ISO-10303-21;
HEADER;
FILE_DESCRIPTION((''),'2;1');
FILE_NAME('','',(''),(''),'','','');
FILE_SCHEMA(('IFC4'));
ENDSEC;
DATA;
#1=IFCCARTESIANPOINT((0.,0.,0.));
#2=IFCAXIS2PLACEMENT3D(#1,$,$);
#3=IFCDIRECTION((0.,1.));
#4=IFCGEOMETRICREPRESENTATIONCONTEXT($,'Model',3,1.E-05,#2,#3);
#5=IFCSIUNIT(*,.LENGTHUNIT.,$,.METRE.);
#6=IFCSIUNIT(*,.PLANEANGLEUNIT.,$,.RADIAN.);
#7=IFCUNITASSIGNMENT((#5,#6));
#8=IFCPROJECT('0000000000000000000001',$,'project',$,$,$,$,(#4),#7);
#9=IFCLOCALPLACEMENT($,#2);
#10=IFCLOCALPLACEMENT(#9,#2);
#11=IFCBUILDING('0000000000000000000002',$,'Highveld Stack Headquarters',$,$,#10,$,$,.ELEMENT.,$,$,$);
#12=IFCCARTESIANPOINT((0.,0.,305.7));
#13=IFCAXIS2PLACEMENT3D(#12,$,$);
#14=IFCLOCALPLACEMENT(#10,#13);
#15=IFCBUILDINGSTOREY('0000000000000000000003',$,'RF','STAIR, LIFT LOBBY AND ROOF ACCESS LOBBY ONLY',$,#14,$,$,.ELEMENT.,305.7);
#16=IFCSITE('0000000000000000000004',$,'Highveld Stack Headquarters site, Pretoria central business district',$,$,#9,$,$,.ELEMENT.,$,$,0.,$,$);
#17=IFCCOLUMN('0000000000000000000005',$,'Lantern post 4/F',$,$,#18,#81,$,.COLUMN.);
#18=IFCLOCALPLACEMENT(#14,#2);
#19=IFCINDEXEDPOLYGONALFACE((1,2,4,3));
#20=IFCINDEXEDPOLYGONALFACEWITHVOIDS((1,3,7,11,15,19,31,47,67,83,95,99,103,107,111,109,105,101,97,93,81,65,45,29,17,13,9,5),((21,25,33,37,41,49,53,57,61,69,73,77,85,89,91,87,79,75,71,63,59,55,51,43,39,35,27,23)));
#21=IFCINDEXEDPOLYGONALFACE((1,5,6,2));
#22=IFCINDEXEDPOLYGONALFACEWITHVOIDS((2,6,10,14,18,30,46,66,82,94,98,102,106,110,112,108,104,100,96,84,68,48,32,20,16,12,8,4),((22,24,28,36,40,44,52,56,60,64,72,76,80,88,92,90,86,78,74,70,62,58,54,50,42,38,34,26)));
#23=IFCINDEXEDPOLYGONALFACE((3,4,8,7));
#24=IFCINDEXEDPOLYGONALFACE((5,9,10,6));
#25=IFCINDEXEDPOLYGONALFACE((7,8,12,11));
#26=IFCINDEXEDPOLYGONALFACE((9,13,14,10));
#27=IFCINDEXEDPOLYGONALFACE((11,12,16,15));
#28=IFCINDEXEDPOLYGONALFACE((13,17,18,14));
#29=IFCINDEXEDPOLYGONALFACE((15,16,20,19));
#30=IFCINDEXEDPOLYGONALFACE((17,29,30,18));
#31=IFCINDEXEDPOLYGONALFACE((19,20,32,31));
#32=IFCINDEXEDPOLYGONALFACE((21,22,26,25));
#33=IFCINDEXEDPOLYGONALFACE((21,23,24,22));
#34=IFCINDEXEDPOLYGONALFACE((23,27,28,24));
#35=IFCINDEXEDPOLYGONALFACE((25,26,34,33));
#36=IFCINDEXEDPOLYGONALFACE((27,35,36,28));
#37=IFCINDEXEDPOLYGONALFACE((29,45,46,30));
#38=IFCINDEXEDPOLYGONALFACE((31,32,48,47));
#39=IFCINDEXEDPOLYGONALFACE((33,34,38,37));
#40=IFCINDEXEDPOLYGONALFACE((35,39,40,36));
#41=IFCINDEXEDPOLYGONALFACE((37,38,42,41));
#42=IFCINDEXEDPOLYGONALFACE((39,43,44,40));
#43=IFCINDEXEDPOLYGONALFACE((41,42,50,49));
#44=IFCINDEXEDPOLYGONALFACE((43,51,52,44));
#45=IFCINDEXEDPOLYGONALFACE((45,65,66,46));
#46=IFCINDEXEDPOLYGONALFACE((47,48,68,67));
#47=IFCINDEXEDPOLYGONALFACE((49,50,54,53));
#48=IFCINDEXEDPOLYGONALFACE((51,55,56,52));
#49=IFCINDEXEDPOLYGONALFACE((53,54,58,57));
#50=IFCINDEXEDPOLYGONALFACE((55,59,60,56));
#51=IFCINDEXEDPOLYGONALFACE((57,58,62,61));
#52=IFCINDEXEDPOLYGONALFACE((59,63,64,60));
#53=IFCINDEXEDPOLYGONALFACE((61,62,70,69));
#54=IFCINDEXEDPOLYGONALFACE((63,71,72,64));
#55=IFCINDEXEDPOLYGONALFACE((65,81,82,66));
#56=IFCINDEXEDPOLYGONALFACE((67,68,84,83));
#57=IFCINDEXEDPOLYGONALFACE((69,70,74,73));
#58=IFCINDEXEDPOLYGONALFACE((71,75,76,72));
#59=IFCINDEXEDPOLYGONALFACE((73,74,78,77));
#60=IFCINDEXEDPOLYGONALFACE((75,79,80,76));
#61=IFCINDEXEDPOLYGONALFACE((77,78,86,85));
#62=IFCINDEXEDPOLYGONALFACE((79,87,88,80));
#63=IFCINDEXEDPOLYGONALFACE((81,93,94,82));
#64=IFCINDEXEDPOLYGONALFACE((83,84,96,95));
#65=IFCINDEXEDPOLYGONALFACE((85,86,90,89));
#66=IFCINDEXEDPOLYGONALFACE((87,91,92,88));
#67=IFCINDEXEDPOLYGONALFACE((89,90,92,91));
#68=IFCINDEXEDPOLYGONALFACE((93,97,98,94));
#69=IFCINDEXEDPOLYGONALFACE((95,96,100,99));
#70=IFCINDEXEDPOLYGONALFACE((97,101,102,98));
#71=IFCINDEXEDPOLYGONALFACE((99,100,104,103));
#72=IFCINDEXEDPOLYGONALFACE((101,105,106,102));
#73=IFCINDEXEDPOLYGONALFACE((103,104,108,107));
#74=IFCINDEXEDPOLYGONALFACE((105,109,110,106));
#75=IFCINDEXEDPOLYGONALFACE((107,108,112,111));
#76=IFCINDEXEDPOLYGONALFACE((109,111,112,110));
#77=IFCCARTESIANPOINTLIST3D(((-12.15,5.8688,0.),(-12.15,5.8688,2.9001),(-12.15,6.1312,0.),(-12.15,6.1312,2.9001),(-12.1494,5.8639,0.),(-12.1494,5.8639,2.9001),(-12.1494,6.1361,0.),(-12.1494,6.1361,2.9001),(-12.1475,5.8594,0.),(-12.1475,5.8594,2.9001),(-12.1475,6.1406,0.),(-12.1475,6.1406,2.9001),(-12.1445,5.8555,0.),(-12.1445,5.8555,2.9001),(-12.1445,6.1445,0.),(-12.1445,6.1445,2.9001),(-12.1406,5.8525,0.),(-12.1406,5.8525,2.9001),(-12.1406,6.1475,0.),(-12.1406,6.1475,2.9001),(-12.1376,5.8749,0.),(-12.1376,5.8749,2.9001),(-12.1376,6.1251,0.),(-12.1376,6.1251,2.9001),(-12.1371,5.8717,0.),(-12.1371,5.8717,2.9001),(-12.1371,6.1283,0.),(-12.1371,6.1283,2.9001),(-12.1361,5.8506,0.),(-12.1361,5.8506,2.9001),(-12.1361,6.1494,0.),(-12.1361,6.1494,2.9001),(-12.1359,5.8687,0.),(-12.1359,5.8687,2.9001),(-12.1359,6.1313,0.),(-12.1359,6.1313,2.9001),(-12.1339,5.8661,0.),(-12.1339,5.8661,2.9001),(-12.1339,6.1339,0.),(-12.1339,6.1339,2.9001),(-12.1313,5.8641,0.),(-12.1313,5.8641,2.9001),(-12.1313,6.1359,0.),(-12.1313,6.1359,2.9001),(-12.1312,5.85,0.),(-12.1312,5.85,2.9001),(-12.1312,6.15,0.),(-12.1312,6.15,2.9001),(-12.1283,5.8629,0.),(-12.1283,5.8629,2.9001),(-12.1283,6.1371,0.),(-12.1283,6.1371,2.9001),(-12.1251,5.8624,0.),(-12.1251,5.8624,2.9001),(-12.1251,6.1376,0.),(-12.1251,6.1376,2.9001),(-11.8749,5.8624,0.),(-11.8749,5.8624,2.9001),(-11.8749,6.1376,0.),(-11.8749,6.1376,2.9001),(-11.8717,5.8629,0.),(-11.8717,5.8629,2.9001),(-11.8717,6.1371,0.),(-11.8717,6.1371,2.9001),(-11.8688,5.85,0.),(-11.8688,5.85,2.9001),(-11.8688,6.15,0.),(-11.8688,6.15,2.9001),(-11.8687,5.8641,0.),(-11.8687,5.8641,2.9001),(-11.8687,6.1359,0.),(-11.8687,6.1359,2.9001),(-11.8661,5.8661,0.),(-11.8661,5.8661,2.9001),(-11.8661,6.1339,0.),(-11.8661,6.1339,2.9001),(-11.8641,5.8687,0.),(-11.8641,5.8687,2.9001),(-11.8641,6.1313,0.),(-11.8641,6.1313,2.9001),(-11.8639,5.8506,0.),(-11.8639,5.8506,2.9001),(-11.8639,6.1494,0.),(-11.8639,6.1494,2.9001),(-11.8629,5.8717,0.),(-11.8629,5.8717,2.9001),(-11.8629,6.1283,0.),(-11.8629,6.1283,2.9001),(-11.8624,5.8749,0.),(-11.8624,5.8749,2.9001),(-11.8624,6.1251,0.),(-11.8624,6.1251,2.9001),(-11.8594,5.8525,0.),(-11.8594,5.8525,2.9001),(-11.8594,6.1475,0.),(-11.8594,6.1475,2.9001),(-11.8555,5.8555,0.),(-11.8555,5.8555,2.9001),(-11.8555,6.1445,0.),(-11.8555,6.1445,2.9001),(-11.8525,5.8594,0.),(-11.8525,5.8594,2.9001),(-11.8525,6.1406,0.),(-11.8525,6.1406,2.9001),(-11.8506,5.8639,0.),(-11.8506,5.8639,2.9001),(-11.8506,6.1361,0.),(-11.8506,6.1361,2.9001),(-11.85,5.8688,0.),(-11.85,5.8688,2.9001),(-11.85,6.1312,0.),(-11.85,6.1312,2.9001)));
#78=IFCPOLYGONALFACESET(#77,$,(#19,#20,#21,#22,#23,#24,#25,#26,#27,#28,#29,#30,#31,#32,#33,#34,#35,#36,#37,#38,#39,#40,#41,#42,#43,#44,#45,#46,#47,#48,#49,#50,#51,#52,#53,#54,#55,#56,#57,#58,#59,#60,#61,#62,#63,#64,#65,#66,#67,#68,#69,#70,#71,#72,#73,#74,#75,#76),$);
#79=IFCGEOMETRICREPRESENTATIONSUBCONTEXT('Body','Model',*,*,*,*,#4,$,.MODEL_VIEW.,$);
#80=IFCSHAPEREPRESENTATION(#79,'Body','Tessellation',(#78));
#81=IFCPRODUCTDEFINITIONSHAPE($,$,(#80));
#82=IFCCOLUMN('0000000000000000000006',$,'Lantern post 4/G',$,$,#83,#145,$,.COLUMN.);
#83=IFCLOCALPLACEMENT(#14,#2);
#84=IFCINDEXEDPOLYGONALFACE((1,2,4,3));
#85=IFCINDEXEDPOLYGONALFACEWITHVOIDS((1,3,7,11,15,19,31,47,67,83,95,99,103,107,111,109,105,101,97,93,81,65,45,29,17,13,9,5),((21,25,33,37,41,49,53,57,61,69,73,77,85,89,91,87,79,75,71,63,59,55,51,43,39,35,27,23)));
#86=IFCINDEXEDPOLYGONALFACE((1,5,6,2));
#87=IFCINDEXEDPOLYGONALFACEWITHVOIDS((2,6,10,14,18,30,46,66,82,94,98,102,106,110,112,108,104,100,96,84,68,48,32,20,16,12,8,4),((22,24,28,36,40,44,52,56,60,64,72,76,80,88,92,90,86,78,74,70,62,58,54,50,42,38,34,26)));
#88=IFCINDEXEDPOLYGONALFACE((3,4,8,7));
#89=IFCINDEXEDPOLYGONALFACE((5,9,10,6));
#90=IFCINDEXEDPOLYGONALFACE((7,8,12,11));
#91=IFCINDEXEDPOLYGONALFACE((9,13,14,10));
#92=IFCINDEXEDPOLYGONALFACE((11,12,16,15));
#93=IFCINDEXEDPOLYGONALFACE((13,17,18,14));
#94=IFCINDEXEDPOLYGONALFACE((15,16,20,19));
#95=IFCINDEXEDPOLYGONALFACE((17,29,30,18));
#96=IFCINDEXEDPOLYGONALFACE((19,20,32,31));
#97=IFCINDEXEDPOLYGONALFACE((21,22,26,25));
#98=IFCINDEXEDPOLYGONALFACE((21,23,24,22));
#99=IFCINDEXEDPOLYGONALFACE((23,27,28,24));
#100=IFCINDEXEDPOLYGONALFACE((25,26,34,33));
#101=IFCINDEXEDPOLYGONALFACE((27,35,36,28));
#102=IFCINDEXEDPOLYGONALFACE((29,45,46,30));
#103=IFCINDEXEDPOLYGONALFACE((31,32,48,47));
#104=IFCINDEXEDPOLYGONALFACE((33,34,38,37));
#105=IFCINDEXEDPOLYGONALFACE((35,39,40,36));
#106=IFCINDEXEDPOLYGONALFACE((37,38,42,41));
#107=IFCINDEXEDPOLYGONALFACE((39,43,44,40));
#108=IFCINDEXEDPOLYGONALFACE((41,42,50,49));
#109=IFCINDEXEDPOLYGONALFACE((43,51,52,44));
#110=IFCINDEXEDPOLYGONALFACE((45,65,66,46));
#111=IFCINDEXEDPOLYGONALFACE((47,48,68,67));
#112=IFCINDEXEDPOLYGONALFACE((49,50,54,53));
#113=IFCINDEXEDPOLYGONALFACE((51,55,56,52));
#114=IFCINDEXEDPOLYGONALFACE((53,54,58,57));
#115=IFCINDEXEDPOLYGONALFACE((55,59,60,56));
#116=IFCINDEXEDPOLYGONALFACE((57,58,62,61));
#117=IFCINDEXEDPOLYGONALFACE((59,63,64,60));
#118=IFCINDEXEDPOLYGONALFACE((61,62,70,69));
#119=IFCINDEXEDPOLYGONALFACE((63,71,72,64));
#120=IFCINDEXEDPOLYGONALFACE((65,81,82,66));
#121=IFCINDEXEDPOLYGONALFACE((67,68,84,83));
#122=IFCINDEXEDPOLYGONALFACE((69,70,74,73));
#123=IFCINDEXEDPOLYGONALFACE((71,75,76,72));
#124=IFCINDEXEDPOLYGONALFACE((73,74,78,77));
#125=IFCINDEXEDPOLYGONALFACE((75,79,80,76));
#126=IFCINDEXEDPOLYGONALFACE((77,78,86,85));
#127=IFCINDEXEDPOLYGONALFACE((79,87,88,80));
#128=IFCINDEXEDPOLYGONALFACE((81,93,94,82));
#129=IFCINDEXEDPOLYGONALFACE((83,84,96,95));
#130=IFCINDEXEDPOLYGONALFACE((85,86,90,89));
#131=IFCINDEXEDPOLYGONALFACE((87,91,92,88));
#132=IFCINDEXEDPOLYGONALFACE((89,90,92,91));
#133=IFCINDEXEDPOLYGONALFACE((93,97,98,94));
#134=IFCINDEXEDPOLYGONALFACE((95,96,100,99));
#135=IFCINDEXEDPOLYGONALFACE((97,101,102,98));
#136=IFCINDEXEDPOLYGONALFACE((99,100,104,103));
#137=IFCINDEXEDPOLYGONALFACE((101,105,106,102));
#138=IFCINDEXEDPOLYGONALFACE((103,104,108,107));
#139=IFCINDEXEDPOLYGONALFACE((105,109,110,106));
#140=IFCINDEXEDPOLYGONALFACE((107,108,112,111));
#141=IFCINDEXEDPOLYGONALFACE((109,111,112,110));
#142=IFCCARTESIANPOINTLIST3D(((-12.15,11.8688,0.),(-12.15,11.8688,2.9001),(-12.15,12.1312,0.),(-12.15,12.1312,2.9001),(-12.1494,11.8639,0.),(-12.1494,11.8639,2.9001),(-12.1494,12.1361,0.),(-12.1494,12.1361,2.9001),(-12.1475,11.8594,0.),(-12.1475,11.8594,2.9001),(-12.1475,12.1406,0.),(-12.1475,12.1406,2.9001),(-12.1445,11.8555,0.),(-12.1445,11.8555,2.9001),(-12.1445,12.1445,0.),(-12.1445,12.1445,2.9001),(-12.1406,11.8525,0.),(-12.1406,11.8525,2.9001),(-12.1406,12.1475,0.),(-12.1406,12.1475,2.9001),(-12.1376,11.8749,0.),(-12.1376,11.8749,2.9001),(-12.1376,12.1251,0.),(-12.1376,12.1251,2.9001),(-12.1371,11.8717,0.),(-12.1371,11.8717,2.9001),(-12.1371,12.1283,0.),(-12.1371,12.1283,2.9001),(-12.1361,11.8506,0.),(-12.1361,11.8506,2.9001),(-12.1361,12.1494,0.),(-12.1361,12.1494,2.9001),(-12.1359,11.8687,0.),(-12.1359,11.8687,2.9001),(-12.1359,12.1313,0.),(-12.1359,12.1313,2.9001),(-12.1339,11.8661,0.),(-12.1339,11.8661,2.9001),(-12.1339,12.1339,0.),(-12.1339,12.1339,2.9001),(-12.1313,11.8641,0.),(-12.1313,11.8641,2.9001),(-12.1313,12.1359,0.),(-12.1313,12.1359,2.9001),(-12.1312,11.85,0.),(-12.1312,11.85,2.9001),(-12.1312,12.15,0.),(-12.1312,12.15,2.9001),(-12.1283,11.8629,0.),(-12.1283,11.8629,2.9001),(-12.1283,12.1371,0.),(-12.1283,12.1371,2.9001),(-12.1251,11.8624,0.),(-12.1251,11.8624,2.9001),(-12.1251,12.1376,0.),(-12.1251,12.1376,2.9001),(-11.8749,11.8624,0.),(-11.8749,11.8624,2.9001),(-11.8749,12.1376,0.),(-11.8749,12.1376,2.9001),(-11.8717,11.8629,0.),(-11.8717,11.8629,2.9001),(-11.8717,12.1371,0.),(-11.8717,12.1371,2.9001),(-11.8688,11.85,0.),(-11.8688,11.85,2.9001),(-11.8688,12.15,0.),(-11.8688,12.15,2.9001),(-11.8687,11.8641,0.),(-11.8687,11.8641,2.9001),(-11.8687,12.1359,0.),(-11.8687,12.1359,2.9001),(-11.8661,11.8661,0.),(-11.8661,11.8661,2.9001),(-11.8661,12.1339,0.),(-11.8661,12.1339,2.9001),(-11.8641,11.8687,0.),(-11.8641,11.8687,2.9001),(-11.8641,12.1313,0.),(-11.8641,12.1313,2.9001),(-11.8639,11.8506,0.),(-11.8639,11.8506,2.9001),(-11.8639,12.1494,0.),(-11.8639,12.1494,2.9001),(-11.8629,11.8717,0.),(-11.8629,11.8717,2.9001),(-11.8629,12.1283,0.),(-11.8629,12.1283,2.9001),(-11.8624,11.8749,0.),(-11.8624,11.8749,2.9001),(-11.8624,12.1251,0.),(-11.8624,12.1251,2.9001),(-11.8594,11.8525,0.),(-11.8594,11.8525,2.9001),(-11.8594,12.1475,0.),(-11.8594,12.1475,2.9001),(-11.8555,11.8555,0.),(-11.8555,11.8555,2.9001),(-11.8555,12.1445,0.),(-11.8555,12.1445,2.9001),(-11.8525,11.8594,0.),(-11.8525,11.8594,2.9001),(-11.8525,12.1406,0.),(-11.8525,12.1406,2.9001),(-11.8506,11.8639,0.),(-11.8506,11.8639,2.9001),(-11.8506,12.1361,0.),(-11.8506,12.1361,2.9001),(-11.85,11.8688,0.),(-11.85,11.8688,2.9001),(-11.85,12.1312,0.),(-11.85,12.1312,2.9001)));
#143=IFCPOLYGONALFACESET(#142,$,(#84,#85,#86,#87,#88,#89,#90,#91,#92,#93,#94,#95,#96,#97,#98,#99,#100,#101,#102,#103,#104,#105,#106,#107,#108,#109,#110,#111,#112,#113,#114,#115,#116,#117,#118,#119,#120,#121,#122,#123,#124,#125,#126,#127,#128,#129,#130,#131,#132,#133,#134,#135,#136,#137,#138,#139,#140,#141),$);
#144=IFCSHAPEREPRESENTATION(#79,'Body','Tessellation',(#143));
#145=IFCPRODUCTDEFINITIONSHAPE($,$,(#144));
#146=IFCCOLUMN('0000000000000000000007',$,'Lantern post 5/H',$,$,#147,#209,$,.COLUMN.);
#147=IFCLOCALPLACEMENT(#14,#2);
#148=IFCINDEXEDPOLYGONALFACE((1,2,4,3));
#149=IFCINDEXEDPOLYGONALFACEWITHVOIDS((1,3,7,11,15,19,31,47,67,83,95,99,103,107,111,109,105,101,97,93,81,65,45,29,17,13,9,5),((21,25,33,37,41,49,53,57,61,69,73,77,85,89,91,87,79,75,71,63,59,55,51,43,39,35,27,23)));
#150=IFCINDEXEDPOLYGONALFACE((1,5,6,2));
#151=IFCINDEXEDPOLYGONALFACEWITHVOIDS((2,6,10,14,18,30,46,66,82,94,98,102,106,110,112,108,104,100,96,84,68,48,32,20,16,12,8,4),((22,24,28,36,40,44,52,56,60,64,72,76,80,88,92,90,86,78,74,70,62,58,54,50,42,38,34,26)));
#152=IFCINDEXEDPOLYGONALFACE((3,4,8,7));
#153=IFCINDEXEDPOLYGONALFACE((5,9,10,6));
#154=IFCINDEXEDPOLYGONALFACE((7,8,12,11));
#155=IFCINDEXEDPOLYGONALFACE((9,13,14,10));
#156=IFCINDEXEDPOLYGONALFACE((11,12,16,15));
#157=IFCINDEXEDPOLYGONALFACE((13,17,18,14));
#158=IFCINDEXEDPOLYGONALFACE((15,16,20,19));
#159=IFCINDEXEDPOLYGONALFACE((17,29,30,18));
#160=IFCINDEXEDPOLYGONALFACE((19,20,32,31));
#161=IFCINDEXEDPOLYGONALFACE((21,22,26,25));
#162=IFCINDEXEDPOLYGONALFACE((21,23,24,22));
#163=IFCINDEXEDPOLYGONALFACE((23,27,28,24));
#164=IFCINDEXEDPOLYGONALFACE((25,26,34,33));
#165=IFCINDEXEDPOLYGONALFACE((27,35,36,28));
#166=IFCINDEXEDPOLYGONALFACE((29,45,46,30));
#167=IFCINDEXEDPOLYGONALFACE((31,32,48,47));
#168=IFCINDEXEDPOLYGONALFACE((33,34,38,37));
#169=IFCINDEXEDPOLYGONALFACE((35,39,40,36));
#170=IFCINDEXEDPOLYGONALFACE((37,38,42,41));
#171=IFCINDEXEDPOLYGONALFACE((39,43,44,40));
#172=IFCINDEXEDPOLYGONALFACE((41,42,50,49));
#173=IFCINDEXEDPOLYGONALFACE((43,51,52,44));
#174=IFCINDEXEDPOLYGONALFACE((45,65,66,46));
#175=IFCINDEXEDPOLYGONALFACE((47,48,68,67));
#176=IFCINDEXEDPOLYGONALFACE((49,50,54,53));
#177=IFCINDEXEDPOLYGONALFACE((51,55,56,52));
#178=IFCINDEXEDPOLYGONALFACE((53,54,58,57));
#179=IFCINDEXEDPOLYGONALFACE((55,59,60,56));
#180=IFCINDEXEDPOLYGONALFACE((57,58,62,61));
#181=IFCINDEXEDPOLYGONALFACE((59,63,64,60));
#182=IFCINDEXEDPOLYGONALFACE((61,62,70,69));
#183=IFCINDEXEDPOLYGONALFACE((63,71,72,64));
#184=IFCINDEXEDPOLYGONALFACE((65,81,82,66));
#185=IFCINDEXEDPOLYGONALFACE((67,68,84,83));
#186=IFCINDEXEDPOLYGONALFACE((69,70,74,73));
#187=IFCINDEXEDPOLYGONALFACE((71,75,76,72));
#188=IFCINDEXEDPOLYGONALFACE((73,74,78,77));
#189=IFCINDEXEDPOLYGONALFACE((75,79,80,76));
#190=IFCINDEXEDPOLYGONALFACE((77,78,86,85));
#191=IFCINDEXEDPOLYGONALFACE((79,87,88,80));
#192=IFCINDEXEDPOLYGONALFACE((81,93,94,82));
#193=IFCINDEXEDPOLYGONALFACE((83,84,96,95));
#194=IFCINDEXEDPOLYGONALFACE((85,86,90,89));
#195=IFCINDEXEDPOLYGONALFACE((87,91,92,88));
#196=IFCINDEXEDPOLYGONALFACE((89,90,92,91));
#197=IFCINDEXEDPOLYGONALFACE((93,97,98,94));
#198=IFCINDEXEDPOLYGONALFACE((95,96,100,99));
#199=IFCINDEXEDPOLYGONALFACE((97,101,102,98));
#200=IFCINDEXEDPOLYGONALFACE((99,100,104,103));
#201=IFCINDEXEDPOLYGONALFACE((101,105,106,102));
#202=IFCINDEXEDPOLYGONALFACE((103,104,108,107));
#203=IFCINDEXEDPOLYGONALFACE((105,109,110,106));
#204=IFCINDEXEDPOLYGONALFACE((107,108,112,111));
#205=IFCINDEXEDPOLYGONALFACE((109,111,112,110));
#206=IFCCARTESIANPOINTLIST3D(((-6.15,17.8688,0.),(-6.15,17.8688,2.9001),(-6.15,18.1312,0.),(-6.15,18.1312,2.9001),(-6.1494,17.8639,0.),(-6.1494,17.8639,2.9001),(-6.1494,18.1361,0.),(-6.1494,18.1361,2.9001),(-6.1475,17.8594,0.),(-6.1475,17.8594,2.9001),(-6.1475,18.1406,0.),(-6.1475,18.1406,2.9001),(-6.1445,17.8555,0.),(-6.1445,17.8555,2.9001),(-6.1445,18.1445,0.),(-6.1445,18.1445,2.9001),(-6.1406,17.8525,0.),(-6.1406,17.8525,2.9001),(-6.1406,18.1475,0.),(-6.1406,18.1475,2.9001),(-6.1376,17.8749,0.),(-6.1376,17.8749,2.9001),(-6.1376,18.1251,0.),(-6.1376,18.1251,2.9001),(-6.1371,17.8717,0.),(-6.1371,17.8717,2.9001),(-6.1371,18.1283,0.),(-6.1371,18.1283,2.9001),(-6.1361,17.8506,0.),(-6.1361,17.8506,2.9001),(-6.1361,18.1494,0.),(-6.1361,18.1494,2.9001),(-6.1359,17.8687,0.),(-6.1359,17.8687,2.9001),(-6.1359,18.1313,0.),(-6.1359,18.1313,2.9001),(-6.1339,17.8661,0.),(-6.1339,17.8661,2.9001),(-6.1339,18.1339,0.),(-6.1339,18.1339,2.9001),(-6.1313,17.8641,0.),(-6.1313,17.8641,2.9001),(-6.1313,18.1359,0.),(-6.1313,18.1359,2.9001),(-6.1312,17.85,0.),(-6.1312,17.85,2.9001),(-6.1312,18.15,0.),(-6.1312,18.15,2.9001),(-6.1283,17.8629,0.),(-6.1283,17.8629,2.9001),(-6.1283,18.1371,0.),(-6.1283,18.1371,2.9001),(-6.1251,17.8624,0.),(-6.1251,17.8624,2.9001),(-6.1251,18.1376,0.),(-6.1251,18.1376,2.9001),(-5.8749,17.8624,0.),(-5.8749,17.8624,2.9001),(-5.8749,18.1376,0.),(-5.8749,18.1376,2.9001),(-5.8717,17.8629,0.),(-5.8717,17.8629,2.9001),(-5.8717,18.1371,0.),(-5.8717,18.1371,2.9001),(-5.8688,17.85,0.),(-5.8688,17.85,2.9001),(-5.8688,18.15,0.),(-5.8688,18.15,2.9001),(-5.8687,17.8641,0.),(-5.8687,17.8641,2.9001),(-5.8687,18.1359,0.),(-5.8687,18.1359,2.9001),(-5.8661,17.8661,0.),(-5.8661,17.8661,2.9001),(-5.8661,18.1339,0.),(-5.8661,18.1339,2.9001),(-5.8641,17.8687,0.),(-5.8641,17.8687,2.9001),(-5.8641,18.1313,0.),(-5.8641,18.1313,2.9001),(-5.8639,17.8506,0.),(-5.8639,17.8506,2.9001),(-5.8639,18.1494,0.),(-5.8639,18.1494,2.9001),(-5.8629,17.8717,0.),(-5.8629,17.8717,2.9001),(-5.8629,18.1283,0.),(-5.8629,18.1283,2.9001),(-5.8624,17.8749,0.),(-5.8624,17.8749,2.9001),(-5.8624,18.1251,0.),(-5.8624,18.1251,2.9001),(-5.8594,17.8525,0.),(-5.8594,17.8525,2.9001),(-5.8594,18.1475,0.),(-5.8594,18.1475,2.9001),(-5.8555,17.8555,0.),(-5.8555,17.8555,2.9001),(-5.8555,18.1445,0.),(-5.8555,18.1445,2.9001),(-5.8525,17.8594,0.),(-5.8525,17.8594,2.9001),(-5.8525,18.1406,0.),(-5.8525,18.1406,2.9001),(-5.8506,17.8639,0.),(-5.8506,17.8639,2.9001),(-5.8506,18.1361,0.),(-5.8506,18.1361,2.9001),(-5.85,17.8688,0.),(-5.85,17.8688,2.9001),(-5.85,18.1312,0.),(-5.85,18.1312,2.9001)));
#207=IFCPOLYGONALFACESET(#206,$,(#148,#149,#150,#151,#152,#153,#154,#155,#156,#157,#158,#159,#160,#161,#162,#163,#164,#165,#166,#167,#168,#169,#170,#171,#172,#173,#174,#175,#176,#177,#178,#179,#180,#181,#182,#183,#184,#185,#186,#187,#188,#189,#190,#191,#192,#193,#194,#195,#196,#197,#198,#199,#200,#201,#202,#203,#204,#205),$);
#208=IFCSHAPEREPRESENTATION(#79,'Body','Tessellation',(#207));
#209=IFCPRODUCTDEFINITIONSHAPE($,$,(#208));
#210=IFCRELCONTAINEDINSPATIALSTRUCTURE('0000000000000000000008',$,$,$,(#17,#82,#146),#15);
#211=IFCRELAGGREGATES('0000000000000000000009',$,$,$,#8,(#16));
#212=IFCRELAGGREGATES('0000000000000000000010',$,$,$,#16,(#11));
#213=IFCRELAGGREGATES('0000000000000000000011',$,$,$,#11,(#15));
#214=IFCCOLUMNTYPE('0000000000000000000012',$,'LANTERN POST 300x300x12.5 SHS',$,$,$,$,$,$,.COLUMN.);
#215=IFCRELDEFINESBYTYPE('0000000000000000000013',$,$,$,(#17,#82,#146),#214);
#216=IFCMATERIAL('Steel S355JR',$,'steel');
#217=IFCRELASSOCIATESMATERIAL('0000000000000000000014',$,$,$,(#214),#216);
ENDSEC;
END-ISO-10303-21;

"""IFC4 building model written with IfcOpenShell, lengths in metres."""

from ifc_helpers import new_model, si_unit, direction, frame, origin, origin_2d, place, context, subcontext, project, spatial, hollow_rectangle, extrude, material, material_profile, profile_set, type_object, element, save


model = new_model("IFC4")

# Units and contexts
model_context = context("Model", 3, precision=1e-05, world=origin(), true_north=direction((0.0, 1.0)))
body_context = subcontext(model_context, "Body", "Model", "MODEL_VIEW")
ifc_project = project(units=[si_unit("LENGTHUNIT", "METRE"), si_unit("PLANEANGLEUNIT", "RADIAN")], contexts=[model_context])

# Site, building, storey
site_placement = place(None, origin())
site = spatial("IfcSite", under=ifc_project, at=site_placement, Name="Highveld Stack Headquarters site, Pretoria central business district", CompositionType="ELEMENT", RefElevation=0.0)
building_placement = place(site_placement, origin())
building = spatial("IfcBuilding", under=site, at=building_placement, Name="Highveld Stack Headquarters", CompositionType="ELEMENT")
storey_placement = place(building_placement, frame((0.0, 0.0, 305.7)))
storey = spatial("IfcBuildingStorey", under=building, at=storey_placement, Name="RF", Description="STAIR, LIFT LOBBY AND ROOF ACCESS LOBBY ONLY", CompositionType="ELEMENT", Elevation=305.7)

# Columns
ifc_material_1 = material(Name="Steel S355JR", Category="steel")
ifc_material_profile_1 = material_profile(ifc_material_1, hollow_rectangle(XDim=0.3, YDim=0.3, WallThickness=0.0125, InnerFilletRadius=0.0125, OuterFilletRadius=0.0188, at=origin_2d()), Name="300x300x12.5 SHS")
ifc_profile_set_1 = profile_set([ifc_material_profile_1], Name="Steel S355JR")
column_type = type_object("IfcColumnType", Name="LANTERN POST 300x300x12.5 SHS", PredefinedType="COLUMN", material=ifc_profile_set_1)
for number, where, z_axis, x_axis, name in (
    (1, (-12.0, 6.0, 0.0), (0.0, 0.0, 1.0), (1.0, 0.0, 0.0), "Lantern post 4/F"),
    (2, (-12.0, 12.0, 0.0), (0.0, 0.0, 1.0), (1.0, 0.0, 0.0), "Lantern post 4/G"),
    (3, (-6.0, 18.0, 0.0), (0.0, 0.0, 1.0), (1.0, 0.0, 0.0), "Lantern post 5/H"),
):
    element("IfcColumn", number, at=place(storey_placement, frame(where, z_axis=z_axis, x_axis=x_axis)), inside=storey, type_object=column_type, Name=name, PredefinedType="COLUMN", context=body_context, shape_type="SweptSolid", body=[
        extrude(hollow_rectangle(XDim=0.3, YDim=0.3, WallThickness=0.0125, InnerFilletRadius=0.0125, OuterFilletRadius=0.0188, at=origin_2d()), origin(), (0.0, 0.0, 1.0), 2.9001),
    ])

save(model, "model.ifc")
